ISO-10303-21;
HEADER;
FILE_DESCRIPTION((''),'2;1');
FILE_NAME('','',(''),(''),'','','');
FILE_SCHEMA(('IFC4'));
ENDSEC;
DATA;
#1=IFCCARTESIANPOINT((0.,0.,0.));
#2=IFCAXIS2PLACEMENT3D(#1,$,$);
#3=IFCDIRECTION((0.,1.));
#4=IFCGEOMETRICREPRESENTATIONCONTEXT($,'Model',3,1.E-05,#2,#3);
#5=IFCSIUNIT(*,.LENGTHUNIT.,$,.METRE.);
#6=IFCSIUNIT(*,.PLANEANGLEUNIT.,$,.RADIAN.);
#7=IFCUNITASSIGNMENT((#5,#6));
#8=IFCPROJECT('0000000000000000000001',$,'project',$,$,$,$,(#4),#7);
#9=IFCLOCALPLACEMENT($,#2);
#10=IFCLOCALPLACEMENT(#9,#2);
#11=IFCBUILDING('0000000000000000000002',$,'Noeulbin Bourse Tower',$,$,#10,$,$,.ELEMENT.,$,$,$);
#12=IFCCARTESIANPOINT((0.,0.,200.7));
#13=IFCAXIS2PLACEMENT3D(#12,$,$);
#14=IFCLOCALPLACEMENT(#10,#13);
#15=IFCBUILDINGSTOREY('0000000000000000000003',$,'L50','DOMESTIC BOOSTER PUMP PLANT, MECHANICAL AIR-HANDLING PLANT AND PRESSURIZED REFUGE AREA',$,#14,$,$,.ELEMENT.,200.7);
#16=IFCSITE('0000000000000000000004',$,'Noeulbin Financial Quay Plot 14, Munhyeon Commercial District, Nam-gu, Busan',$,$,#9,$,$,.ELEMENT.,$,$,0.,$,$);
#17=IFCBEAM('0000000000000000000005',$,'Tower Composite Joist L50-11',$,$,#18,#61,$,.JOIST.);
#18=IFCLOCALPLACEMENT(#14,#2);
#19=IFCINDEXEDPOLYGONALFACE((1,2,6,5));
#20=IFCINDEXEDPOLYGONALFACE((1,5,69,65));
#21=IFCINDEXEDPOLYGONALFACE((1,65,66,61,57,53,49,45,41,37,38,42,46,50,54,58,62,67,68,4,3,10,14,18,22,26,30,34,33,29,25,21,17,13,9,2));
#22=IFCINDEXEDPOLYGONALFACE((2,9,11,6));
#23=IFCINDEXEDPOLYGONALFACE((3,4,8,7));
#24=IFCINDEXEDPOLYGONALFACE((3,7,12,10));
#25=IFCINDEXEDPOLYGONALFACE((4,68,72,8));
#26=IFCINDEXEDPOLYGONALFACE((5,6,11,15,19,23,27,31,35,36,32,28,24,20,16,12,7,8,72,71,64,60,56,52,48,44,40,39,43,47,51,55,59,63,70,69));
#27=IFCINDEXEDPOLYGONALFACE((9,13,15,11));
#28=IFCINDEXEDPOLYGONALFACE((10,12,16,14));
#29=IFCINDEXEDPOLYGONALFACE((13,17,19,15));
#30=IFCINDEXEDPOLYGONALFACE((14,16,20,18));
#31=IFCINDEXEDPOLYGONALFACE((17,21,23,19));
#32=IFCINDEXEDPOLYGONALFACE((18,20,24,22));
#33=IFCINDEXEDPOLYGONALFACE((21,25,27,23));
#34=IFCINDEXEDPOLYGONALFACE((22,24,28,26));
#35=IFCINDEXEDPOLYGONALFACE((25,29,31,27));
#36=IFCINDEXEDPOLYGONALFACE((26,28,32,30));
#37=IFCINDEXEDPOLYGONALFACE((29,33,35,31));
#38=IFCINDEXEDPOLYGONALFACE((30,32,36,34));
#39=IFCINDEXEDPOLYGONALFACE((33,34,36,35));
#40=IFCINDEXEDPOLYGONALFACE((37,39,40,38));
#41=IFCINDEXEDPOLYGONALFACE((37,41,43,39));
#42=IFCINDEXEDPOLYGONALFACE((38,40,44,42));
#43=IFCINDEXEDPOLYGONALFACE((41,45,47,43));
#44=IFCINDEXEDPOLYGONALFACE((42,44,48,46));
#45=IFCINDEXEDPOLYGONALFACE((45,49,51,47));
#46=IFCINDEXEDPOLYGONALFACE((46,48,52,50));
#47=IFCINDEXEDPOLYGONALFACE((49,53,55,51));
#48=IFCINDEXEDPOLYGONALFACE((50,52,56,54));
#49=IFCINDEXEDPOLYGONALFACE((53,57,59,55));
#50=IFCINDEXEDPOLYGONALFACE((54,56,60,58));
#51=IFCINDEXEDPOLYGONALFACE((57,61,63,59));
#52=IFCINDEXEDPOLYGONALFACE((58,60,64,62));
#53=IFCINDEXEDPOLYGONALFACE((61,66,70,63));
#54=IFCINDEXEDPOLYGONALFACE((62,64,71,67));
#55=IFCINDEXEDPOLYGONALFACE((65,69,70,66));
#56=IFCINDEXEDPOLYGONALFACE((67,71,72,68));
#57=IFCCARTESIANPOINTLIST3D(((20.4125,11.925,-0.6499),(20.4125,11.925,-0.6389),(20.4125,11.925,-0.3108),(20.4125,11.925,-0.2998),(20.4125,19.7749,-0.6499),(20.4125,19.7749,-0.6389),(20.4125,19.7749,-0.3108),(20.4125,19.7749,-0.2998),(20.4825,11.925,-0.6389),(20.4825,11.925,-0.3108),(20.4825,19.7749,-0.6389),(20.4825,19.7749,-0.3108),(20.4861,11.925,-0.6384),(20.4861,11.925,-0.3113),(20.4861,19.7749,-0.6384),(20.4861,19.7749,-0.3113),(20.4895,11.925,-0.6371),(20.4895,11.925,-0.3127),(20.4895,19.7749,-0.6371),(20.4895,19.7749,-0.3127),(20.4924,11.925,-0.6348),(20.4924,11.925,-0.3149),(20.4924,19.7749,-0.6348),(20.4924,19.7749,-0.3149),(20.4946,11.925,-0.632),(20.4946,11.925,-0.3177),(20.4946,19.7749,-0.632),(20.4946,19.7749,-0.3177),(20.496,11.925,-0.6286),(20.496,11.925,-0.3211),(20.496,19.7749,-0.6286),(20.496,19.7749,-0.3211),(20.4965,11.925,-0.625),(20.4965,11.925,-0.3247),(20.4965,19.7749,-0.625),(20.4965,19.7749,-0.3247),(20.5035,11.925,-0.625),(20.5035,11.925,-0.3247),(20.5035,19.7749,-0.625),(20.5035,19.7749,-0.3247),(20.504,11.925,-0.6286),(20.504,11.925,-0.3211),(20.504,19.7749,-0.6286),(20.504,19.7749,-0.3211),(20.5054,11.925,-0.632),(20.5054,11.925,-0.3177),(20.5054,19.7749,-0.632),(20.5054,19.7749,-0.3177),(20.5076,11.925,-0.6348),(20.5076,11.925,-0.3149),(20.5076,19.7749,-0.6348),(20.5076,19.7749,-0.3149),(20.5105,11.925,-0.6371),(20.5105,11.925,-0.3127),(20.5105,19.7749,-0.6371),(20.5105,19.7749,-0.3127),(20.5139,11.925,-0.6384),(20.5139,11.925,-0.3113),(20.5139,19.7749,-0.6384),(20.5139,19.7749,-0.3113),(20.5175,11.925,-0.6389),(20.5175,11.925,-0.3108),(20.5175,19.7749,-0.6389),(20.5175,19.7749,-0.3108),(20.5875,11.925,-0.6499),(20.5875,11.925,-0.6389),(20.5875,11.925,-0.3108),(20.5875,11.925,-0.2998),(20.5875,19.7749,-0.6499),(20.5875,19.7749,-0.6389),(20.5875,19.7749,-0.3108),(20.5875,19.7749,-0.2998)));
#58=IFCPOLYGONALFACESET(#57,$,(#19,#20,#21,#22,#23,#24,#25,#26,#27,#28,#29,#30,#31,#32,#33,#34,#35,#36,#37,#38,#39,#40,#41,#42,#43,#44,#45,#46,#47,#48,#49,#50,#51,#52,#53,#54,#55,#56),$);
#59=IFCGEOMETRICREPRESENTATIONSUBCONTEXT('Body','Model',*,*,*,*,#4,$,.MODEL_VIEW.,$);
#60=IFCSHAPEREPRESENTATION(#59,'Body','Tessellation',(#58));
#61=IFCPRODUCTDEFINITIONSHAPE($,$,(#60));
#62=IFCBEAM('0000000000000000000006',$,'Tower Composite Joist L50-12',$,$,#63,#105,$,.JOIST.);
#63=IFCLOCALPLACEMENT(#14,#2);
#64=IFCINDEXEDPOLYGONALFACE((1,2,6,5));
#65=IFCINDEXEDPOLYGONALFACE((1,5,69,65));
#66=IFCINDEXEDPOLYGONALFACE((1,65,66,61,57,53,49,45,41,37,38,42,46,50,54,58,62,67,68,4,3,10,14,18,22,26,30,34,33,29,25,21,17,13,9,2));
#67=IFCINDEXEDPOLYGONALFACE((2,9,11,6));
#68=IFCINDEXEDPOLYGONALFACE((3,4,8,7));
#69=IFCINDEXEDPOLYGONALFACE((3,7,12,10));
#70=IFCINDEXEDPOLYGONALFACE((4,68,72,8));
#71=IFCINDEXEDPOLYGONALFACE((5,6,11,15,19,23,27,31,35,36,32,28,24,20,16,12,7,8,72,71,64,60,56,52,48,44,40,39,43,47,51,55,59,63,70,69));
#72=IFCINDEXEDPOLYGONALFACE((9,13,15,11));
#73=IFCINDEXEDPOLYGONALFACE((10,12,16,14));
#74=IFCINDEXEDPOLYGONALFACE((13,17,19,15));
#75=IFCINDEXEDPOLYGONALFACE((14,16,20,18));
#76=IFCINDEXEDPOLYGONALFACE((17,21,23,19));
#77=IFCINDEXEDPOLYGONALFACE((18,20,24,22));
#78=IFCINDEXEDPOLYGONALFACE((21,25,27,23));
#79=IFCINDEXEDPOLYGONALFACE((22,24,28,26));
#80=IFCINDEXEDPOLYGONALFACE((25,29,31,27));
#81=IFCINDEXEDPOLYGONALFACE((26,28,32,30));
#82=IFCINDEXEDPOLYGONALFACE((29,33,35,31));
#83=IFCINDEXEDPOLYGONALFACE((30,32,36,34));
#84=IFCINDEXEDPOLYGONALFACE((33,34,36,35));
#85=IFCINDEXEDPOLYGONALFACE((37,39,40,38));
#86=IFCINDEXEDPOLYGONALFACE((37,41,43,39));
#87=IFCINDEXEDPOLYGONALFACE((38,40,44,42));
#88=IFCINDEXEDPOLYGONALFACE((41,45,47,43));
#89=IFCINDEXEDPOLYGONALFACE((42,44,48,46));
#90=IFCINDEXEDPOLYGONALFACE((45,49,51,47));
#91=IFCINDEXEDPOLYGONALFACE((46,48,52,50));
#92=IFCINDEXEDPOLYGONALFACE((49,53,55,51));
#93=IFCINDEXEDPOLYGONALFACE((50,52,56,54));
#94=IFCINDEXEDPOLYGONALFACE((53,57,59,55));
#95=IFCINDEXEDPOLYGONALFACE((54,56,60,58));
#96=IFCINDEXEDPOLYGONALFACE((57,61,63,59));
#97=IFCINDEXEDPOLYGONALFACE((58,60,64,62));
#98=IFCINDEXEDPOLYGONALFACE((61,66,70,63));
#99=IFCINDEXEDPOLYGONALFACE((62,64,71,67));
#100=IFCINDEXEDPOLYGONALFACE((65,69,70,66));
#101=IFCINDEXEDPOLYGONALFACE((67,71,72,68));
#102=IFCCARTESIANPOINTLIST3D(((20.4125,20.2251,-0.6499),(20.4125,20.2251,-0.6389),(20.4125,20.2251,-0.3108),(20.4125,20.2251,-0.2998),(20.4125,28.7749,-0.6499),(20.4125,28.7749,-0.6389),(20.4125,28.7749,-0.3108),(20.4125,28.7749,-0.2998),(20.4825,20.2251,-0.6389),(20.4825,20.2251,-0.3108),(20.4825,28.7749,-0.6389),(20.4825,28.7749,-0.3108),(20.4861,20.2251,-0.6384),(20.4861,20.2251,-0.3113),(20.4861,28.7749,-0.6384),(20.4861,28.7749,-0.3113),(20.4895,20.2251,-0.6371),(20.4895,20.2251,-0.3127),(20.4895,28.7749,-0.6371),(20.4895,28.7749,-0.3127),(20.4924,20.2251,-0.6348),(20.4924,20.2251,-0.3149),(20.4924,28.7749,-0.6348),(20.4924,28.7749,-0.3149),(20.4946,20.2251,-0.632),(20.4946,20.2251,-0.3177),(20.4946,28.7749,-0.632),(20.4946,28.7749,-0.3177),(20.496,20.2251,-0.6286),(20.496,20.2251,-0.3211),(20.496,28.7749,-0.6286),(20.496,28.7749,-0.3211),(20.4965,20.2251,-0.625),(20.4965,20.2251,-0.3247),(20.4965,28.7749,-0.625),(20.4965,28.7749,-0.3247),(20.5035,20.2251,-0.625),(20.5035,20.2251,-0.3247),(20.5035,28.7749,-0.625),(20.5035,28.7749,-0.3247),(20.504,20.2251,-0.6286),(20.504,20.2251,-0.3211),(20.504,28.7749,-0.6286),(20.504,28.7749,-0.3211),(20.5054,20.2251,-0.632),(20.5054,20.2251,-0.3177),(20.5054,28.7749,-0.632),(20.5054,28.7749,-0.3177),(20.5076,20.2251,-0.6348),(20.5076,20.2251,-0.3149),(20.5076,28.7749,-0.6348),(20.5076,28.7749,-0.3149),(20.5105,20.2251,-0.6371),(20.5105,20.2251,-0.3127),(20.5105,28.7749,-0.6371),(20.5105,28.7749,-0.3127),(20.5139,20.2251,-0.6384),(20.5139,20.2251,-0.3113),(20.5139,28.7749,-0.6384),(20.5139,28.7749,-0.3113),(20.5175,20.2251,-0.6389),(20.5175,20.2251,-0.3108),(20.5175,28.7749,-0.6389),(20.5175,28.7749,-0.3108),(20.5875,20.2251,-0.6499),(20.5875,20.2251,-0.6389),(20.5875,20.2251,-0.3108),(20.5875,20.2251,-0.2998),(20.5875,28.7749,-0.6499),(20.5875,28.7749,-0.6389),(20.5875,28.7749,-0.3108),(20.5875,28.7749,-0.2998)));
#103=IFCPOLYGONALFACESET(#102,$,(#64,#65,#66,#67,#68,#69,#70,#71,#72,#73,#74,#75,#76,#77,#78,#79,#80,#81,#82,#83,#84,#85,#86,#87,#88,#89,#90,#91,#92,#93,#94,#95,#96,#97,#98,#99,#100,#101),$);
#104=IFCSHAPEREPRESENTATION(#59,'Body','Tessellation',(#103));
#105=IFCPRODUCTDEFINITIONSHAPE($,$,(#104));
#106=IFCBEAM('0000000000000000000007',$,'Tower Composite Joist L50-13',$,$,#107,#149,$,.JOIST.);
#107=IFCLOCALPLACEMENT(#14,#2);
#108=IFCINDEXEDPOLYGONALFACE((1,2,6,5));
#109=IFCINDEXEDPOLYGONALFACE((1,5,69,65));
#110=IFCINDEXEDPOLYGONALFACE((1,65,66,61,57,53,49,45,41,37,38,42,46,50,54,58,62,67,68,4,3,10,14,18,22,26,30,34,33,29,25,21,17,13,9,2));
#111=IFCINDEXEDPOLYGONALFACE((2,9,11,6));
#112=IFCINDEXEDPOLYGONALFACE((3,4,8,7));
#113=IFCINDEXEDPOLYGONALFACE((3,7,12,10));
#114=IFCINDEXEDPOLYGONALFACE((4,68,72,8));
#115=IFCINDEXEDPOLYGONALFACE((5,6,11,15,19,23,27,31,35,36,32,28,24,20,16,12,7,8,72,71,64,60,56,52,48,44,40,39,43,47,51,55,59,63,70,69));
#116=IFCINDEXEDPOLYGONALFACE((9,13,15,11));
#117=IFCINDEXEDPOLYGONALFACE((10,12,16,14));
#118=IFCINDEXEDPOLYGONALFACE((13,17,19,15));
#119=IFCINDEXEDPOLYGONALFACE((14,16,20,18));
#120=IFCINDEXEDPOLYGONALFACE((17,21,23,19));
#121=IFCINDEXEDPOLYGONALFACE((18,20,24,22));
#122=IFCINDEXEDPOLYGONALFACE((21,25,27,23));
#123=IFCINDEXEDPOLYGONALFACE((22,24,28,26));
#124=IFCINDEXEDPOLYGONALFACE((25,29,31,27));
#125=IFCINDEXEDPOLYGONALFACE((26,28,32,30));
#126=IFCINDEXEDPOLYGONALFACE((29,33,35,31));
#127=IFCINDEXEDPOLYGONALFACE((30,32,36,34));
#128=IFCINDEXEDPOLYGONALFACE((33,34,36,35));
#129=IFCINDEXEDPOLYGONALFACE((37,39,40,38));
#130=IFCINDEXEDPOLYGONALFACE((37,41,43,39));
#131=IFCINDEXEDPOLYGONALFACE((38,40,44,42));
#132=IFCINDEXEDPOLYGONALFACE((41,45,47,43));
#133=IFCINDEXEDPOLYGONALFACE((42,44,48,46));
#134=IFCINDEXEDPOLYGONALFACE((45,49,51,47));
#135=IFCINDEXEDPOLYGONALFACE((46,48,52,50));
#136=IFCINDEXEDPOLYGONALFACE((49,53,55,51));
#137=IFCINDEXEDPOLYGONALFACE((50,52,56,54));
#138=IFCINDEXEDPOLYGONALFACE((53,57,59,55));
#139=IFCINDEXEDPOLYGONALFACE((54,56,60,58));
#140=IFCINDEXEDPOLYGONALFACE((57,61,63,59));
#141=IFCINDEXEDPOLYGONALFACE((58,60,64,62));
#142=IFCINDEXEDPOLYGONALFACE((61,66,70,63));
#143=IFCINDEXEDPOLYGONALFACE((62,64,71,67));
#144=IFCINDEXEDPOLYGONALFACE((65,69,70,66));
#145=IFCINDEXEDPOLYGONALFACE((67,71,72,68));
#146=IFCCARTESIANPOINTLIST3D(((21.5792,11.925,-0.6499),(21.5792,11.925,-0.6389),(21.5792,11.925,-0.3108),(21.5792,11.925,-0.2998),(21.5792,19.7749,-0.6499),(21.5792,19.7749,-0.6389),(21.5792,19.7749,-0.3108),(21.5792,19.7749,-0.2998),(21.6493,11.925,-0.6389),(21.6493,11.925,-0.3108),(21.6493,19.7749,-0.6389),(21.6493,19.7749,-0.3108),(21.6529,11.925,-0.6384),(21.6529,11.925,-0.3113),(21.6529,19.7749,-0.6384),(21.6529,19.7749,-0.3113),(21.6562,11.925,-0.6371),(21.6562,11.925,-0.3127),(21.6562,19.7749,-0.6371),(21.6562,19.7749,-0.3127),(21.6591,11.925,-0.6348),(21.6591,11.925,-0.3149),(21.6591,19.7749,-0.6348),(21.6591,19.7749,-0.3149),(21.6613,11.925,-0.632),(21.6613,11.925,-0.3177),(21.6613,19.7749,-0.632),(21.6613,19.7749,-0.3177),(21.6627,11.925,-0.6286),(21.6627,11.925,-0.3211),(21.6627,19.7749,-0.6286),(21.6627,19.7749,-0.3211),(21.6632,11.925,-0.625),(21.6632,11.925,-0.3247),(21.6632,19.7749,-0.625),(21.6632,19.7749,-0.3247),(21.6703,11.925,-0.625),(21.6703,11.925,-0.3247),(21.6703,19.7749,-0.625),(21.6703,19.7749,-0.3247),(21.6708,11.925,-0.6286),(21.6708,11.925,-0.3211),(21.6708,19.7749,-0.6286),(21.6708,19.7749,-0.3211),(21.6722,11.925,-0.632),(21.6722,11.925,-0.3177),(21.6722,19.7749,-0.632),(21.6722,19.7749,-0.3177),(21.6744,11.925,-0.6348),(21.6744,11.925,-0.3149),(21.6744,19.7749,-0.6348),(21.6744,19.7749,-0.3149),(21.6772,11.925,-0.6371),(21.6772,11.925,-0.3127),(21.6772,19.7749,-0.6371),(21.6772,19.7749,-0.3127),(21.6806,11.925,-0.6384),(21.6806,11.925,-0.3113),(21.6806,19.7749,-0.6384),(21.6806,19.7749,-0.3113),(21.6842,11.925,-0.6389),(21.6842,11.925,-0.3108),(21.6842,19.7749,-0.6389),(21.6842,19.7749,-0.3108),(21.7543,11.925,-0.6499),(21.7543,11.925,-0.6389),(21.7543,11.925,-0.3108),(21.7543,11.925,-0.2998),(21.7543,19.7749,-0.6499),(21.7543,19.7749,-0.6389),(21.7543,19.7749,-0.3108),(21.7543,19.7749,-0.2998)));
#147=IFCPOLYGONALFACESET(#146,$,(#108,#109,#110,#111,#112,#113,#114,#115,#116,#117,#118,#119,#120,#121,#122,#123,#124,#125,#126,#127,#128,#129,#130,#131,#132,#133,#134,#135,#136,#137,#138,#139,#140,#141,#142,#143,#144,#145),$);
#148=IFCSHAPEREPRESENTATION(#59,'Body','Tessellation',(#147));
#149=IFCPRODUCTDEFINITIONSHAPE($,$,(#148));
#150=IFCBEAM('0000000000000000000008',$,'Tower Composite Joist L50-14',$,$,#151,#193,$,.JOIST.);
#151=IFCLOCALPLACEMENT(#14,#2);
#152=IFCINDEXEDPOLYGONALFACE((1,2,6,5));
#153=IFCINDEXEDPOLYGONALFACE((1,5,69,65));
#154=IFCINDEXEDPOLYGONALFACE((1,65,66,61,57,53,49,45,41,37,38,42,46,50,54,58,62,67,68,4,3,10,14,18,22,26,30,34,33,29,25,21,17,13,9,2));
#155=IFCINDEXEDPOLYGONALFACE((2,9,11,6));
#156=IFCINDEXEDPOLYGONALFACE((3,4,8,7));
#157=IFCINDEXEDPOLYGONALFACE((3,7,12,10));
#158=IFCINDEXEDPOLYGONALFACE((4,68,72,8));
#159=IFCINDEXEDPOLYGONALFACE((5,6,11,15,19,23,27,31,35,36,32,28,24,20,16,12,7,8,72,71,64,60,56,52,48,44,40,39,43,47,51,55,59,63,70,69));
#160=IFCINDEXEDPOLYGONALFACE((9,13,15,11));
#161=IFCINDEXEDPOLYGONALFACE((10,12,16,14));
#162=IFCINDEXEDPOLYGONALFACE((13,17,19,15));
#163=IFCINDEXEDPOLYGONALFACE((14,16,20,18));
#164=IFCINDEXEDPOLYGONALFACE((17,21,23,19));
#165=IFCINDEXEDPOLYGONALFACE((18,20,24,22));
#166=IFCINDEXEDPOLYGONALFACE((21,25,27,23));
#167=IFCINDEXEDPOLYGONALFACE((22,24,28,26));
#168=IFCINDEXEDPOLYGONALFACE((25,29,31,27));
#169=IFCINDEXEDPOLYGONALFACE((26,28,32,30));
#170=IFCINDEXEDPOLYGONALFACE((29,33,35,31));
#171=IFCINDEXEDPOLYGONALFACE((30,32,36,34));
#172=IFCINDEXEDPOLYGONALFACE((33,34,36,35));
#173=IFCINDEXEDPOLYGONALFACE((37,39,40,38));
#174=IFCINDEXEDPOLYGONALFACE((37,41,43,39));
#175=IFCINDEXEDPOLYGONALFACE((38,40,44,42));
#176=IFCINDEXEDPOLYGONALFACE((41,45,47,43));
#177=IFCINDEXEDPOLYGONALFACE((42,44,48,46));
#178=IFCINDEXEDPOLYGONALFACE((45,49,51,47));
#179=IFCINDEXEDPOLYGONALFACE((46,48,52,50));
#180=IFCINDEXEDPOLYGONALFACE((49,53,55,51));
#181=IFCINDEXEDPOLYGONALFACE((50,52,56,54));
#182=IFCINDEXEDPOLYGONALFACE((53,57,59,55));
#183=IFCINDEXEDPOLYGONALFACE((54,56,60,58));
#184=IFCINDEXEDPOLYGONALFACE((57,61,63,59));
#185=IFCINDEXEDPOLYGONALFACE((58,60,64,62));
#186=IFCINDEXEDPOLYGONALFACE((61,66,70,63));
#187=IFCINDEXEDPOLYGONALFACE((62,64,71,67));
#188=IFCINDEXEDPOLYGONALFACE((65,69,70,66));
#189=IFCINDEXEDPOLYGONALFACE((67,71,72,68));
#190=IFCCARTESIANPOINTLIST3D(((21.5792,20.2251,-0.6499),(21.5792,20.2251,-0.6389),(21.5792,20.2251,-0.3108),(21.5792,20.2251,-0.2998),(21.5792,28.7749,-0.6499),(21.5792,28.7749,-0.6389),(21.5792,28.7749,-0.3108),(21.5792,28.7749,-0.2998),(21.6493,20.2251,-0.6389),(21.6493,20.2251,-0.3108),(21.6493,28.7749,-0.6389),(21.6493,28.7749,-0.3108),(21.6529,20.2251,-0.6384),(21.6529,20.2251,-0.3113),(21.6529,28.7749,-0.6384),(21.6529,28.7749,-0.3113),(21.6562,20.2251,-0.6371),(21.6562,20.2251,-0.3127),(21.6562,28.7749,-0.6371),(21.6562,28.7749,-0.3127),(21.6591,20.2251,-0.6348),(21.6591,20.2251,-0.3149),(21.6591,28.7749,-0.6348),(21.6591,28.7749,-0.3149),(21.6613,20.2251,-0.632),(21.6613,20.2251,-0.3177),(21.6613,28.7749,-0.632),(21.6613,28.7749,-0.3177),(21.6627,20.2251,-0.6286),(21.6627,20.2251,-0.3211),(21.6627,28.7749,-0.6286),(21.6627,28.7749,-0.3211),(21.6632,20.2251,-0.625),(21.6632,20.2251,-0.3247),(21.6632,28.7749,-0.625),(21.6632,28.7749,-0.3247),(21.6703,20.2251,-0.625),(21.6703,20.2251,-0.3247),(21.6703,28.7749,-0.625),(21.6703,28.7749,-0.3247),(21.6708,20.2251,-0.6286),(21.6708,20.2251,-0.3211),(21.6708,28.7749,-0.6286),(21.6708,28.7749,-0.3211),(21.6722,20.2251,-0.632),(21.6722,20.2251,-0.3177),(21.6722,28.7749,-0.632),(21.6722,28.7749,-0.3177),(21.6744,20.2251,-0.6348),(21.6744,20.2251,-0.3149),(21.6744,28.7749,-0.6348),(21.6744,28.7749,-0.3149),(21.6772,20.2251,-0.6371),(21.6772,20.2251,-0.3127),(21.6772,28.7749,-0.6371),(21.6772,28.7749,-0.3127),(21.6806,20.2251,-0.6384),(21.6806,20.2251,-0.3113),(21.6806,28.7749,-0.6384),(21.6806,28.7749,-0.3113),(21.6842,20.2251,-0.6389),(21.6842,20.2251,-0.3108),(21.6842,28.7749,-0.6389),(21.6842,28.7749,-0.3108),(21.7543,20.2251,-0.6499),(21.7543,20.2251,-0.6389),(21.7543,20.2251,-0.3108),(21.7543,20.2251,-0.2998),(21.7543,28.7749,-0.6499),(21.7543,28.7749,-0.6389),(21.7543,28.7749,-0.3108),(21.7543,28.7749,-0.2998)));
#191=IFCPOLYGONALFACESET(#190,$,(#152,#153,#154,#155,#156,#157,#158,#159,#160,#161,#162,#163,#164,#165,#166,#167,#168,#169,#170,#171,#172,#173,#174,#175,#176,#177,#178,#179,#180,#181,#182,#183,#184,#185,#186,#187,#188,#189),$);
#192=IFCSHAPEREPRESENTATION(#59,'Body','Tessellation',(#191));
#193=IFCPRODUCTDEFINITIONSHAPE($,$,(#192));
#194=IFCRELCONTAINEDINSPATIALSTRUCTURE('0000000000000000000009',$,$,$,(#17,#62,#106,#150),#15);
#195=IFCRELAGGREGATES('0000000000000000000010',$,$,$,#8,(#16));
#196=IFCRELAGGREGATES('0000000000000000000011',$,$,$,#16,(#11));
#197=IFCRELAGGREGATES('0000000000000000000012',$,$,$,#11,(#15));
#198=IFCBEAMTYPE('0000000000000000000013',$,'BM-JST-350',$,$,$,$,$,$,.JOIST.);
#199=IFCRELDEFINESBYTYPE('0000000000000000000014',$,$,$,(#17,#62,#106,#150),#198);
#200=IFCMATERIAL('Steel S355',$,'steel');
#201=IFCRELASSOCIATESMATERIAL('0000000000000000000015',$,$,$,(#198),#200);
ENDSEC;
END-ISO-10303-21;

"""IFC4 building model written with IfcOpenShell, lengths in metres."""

from ifc_helpers import new_model, si_unit, direction, frame, origin, origin_2d, place, context, subcontext, project, spatial, i_section, extrude, material, material_profile, profile_set, type_object, element, save


model = new_model("IFC4")

# Units and contexts
model_context = context("Model", 3, precision=1e-05, world=origin(), true_north=direction((0.0, 1.0)))
body_context = subcontext(model_context, "Body", "Model", "MODEL_VIEW")
ifc_project = project(units=[si_unit("LENGTHUNIT", "METRE"), si_unit("PLANEANGLEUNIT", "RADIAN")], contexts=[model_context])

# Site, building, storey
site_placement = place(None, origin())
site = spatial("IfcSite", under=ifc_project, at=site_placement, Name="Noeulbin Financial Quay Plot 14, Munhyeon Commercial District, Nam-gu, Busan", CompositionType="ELEMENT", RefElevation=0.0)
building_placement = place(site_placement, origin())
building = spatial("IfcBuilding", under=site, at=building_placement, Name="Noeulbin Bourse Tower", CompositionType="ELEMENT")
storey_placement = place(building_placement, frame((0.0, 0.0, 200.7)))
storey = spatial("IfcBuildingStorey", under=building, at=storey_placement, Name="L50", Description="DOMESTIC BOOSTER PUMP PLANT, MECHANICAL AIR-HANDLING PLANT AND PRESSURIZED REFUGE AREA", CompositionType="ELEMENT", Elevation=200.7)

# Shared definitions
ifc_material_1 = material(Name="Steel S355", Category="steel")

# Beams
ifc_material_profile_1 = material_profile(ifc_material_1, i_section(OverallWidth=0.175, OverallDepth=0.3501, WebThickness=0.0071, FlangeThickness=0.011, FilletRadius=0.0139, at=origin_2d()), Name="H-350x175x7x11", Category="LoadBearing")
ifc_profile_set_1 = profile_set([ifc_material_profile_1], Name="Steel S355")
beam_type_1 = type_object("IfcBeamType", Name="BM-JST-350", PredefinedType="JOIST", material=ifc_profile_set_1)
beam_1_placement = place(storey_placement, frame((20.5, 11.925, -0.4749), z_axis=(0.0, 1.0, 0.0), x_axis=(-1.0, 0.0, 0.0)))
element("IfcBeam", 1, at=beam_1_placement, inside=storey, type_object=beam_type_1, Name="Tower Composite Joist L50-11", PredefinedType="JOIST", context=body_context, shape_type="SweptSolid", body=[
    extrude(i_section(OverallWidth=0.175, OverallDepth=0.3501, WebThickness=0.0071, FlangeThickness=0.011, FilletRadius=0.0139, at=origin_2d()), origin(), (0.0, 0.0, 1.0), 7.8499),
])
beam_2_placement = place(storey_placement, frame((20.5, 20.2251, -0.4749), z_axis=(0.0, 1.0, 0.0), x_axis=(-1.0, 0.0, 0.0)))
element("IfcBeam", 2, at=beam_2_placement, inside=storey, type_object=beam_type_1, Name="Tower Composite Joist L50-12", PredefinedType="JOIST", context=body_context, shape_type="SweptSolid", body=[
    extrude(i_section(OverallWidth=0.175, OverallDepth=0.3501, WebThickness=0.0071, FlangeThickness=0.011, FilletRadius=0.0139, at=origin_2d()), origin(), (0.0, 0.0, 1.0), 8.5498),
])
beam_3_placement = place(storey_placement, frame((21.6667, 11.925, -0.4749), z_axis=(0.0, 1.0, 0.0), x_axis=(-1.0, 0.0, 0.0)))
element("IfcBeam", 3, at=beam_3_placement, inside=storey, type_object=beam_type_1, Name="Tower Composite Joist L50-13", PredefinedType="JOIST", context=body_context, shape_type="SweptSolid", body=[
    extrude(i_section(OverallWidth=0.175, OverallDepth=0.3501, WebThickness=0.0071, FlangeThickness=0.011, FilletRadius=0.0139, at=origin_2d()), origin(), (0.0, 0.0, 1.0), 7.8499),
])
beam_4_placement = place(storey_placement, frame((21.6667, 20.2251, -0.4749), z_axis=(0.0, 1.0, 0.0), x_axis=(-1.0, 0.0, 0.0)))
element("IfcBeam", 4, at=beam_4_placement, inside=storey, type_object=beam_type_1, Name="Tower Composite Joist L50-14", PredefinedType="JOIST", context=body_context, shape_type="SweptSolid", body=[
    extrude(i_section(OverallWidth=0.175, OverallDepth=0.3501, WebThickness=0.0071, FlangeThickness=0.011, FilletRadius=0.0139, at=origin_2d()), origin(), (0.0, 0.0, 1.0), 8.5498),
])

save(model, "model.ifc")
